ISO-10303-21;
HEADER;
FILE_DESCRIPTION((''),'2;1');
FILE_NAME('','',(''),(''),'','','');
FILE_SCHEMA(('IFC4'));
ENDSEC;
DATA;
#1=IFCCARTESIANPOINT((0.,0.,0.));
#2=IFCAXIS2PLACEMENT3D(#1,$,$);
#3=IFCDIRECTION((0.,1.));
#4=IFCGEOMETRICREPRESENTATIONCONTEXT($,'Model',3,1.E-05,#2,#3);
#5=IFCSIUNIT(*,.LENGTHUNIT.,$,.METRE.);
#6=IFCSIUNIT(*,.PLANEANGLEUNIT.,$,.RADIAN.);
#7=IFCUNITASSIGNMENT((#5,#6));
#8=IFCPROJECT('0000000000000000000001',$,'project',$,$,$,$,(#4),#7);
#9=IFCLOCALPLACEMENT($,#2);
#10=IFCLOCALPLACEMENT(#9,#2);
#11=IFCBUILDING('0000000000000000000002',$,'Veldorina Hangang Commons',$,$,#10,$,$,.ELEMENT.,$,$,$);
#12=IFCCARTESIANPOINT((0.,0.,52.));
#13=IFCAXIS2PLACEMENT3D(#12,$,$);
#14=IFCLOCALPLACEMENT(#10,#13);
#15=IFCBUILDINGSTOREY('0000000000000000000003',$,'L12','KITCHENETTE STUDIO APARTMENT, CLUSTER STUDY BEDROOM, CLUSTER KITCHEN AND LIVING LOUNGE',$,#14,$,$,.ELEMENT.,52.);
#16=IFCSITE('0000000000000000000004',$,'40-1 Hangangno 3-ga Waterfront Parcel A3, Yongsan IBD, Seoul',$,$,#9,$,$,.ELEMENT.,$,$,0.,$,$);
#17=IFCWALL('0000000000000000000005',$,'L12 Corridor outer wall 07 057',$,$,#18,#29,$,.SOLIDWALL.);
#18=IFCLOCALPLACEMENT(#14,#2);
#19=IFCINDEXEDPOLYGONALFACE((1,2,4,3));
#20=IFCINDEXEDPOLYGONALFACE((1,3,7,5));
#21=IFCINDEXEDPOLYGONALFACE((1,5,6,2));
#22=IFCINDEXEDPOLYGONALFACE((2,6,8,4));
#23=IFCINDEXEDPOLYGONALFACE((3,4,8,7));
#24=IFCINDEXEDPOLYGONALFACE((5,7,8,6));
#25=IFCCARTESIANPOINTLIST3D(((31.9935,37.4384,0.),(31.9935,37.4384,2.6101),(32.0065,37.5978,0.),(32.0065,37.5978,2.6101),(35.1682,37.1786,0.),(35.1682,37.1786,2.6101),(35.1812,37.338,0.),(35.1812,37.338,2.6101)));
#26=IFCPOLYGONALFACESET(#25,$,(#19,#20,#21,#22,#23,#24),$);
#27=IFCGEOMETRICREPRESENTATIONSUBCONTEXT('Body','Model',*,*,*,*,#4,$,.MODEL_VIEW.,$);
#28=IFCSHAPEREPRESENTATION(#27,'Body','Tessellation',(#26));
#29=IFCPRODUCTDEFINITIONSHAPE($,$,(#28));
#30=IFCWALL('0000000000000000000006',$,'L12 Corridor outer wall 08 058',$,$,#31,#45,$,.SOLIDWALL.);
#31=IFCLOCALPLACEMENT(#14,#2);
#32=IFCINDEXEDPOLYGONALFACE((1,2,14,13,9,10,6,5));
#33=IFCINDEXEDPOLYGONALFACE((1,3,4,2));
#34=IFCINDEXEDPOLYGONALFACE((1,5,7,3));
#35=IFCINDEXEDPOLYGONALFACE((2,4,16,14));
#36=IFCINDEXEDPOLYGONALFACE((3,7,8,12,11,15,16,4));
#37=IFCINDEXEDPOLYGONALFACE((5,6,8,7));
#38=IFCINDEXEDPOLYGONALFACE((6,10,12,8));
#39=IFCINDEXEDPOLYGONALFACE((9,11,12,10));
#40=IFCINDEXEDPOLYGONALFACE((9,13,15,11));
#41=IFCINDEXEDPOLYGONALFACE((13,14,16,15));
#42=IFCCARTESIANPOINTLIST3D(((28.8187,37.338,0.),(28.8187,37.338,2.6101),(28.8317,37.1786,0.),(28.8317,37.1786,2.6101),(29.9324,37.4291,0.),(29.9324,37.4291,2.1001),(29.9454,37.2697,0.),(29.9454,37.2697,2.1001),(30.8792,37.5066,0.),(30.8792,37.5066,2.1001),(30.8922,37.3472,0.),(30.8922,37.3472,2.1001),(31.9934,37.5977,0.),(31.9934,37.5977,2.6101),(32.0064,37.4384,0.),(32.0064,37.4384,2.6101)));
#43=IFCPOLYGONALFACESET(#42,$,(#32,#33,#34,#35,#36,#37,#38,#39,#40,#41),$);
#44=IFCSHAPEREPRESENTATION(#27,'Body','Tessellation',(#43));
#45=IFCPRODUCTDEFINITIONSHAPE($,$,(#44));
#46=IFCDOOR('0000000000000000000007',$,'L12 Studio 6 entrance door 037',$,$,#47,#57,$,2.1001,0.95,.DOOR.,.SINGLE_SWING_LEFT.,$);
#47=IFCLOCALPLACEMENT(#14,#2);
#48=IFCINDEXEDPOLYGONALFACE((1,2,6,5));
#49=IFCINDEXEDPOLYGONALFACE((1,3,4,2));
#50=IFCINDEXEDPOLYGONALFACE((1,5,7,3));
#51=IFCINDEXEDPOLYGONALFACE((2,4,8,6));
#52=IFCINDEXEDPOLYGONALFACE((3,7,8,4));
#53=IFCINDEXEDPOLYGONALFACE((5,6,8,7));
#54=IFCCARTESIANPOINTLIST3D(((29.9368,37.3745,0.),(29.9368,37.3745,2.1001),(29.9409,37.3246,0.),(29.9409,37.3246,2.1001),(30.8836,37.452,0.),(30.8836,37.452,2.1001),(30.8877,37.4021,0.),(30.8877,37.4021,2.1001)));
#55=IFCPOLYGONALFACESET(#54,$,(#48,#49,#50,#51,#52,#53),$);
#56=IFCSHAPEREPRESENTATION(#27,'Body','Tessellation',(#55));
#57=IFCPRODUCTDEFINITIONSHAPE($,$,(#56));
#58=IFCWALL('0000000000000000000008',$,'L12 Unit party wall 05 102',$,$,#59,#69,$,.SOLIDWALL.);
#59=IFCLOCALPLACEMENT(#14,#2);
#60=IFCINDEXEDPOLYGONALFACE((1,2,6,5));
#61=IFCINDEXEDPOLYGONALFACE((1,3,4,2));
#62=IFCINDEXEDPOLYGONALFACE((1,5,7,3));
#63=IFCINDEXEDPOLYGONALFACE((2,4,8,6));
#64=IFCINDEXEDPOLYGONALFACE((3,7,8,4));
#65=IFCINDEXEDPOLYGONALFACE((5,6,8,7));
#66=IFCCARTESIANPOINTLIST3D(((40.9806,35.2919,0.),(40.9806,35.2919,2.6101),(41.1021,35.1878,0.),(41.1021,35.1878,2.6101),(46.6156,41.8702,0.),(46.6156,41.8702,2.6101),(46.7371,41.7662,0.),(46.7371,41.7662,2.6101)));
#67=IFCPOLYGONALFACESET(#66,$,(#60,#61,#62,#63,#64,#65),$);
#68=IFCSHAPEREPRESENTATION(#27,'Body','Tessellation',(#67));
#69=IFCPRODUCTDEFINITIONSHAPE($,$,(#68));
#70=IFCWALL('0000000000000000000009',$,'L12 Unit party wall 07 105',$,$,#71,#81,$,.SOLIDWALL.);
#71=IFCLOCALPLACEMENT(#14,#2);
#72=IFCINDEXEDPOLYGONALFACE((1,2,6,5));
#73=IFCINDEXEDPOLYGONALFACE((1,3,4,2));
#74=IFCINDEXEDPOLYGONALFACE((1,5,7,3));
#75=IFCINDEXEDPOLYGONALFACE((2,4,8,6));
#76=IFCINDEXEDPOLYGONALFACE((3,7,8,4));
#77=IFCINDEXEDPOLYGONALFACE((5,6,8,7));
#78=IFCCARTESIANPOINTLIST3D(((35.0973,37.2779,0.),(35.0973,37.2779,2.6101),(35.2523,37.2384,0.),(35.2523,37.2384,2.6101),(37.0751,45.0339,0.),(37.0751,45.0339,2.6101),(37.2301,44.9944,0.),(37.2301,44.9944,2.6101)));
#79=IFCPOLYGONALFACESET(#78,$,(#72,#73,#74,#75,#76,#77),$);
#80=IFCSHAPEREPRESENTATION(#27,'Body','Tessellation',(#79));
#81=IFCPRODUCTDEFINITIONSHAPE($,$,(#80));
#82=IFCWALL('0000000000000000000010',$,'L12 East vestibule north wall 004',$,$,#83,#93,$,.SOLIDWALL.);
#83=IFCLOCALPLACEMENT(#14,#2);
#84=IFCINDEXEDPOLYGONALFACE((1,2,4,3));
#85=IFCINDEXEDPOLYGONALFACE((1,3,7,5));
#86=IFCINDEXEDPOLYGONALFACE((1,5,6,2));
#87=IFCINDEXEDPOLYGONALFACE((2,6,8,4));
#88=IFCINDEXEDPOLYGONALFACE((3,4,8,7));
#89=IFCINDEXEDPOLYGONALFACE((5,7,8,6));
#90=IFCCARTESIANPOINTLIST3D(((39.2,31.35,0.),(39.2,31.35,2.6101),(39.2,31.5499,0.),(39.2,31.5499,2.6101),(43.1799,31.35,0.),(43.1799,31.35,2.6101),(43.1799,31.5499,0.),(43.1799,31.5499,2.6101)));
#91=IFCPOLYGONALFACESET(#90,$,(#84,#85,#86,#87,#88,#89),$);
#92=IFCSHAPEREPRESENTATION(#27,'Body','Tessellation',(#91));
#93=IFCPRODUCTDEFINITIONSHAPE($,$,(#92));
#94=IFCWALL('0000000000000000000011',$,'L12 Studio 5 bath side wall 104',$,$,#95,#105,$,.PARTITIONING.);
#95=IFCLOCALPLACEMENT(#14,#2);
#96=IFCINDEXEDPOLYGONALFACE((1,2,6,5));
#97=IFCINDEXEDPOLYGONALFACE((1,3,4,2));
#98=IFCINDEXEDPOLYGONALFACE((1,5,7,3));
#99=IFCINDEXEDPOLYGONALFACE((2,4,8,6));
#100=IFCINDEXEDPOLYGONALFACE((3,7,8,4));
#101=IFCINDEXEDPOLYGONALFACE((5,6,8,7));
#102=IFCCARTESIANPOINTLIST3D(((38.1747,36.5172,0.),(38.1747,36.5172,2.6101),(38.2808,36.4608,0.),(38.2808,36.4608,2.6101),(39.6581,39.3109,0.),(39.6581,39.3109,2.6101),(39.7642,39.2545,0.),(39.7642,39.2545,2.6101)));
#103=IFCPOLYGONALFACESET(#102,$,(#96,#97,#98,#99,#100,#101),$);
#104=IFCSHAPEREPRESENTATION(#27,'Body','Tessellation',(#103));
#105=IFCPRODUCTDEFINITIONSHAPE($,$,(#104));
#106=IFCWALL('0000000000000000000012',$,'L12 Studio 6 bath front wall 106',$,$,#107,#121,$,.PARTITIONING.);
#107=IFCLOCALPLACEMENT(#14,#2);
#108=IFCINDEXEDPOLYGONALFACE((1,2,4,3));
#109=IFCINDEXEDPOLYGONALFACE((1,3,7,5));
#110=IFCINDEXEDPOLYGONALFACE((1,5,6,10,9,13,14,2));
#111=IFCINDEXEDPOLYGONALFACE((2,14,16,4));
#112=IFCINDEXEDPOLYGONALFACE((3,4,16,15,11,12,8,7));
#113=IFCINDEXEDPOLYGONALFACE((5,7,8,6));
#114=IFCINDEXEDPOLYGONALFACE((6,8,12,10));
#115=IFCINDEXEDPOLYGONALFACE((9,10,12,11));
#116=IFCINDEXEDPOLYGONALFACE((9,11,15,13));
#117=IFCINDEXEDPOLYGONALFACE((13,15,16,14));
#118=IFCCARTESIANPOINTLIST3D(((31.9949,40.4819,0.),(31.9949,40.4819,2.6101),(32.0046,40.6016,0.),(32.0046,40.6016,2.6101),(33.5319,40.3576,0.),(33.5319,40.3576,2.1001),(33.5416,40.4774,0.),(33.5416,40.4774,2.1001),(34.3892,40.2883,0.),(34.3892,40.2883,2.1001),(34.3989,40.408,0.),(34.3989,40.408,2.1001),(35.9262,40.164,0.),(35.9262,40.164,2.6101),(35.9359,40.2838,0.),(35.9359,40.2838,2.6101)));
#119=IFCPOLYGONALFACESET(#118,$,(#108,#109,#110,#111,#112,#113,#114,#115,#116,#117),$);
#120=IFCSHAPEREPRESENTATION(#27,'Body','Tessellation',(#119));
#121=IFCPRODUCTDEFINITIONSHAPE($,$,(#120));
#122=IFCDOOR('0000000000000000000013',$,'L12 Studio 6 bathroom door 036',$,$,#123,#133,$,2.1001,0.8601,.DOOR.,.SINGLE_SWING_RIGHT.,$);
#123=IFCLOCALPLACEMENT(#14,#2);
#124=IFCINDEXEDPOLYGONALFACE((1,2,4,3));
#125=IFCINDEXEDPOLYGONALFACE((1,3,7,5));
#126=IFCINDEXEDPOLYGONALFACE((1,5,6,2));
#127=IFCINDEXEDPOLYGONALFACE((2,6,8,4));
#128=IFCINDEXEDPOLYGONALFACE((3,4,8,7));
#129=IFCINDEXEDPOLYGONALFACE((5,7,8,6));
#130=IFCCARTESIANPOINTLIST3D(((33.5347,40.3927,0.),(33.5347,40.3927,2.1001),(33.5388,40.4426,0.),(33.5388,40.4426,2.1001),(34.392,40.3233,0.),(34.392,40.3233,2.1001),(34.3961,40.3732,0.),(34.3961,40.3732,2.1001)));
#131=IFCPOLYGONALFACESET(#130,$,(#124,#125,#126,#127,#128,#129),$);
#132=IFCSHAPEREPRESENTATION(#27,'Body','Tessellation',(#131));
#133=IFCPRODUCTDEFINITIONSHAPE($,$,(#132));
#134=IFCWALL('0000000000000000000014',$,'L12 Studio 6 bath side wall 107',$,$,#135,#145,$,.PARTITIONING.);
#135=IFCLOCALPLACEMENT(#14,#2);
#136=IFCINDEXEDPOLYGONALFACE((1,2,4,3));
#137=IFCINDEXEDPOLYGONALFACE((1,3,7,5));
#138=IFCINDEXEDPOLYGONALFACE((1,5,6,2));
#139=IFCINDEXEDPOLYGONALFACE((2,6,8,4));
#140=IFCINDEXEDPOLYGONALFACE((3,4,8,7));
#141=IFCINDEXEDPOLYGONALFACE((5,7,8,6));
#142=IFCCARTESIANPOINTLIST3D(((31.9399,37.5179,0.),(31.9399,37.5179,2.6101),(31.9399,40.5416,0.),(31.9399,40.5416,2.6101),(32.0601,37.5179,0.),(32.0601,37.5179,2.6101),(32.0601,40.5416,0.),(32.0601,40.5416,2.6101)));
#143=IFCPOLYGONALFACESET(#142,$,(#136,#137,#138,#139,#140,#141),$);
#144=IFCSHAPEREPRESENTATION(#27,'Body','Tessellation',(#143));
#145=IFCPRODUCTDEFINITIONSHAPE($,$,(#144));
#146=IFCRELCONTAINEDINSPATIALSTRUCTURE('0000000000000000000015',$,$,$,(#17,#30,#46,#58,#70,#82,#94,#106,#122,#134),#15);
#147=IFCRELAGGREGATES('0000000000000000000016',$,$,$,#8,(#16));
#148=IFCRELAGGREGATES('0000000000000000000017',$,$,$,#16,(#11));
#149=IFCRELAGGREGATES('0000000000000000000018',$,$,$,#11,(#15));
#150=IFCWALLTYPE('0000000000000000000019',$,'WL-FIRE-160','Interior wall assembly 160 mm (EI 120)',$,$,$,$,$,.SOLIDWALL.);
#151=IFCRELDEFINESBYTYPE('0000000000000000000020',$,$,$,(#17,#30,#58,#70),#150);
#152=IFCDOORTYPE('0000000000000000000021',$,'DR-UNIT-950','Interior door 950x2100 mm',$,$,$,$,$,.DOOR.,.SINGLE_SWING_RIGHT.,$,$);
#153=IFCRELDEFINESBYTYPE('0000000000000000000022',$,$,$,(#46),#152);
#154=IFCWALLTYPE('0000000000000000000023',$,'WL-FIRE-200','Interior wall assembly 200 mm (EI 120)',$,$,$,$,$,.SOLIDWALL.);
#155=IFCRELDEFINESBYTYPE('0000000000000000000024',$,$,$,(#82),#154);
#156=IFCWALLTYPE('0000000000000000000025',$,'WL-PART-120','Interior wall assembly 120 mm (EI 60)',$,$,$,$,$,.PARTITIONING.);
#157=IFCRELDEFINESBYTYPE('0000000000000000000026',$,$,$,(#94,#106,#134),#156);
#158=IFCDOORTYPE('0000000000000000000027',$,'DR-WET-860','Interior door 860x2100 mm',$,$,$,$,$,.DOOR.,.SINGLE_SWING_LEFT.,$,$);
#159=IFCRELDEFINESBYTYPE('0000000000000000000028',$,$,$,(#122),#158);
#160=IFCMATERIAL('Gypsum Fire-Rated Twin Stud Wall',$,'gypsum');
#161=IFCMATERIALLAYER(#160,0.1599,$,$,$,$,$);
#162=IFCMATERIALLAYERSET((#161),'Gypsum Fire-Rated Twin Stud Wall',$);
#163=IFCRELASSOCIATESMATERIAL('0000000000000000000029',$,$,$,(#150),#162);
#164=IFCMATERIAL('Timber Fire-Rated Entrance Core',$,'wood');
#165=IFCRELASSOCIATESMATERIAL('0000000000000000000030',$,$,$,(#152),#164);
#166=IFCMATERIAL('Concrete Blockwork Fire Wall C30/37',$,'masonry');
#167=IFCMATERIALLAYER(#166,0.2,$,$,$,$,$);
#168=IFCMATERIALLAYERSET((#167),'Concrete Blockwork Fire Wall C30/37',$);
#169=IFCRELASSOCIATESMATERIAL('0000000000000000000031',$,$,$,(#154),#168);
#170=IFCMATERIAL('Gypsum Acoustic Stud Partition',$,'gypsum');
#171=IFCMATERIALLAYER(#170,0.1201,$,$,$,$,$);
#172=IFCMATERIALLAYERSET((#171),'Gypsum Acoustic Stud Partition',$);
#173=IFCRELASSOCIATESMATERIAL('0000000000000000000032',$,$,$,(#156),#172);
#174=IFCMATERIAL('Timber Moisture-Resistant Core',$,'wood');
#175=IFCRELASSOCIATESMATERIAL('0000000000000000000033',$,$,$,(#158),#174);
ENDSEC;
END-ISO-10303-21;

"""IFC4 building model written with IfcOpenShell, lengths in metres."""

from ifc_helpers import new_model, si_unit, direction, frame, frame_2d, origin, place, context, subcontext, project, spatial, rectangle, extrude, material, layer, layer_set, type_object, element, fill, save


model = new_model("IFC4")

# Units and contexts
model_context = context("Model", 3, precision=1e-05, world=origin(), true_north=direction((0.0, 1.0)))
body_context = subcontext(model_context, "Body", "Model", "MODEL_VIEW")
ifc_project = project(units=[si_unit("LENGTHUNIT", "METRE"), si_unit("PLANEANGLEUNIT", "RADIAN")], contexts=[model_context])

# Site, building, storey
site_placement = place(None, origin())
site = spatial("IfcSite", under=ifc_project, at=site_placement, Name="40-1 Hangangno 3-ga Waterfront Parcel A3, Yongsan IBD, Seoul", CompositionType="ELEMENT", RefElevation=0.0)
building_placement = place(site_placement, origin())
building = spatial("IfcBuilding", under=site, at=building_placement, Name="Veldorina Hangang Commons", CompositionType="ELEMENT")
storey_placement = place(building_placement, frame((0.0, 0.0, 52.0)))
storey = spatial("IfcBuildingStorey", under=building, at=storey_placement, Name="L12", Description="KITCHENETTE STUDIO APARTMENT, CLUSTER STUDY BEDROOM, CLUSTER KITCHEN AND LIVING LOUNGE", CompositionType="ELEMENT", Elevation=52.0)

# Shared definitions
ifc_material_1 = material(Name="Gypsum Fire-Rated Twin Stud Wall", Category="gypsum")
ifc_layer_1 = layer(ifc_material_1, 0.1599)
ifc_layer_set_1 = layer_set([ifc_layer_1], Name="Gypsum Fire-Rated Twin Stud Wall")
wall_type_1 = type_object("IfcWallType", Name="WL-FIRE-160", Description="Interior wall assembly 160 mm (EI 120)", PredefinedType="SOLIDWALL", material=ifc_layer_set_1)

# Shared definitions
ifc_material_2 = material(Name="Timber Fire-Rated Entrance Core", Category="wood")
door_type_1 = type_object("IfcDoorType", Name="DR-UNIT-950", Description="Interior door 950x2100 mm", OperationType="SINGLE_SWING_RIGHT", PredefinedType="DOOR", material=ifc_material_2)

# Wall
wall_1_placement = place(storey_placement, frame((35.1748, 37.2583, 0.0), z_axis=(0.0, 0.0, 1.0), x_axis=(-0.996669, 0.081548, 0.0)))
element("IfcWall", 1, at=wall_1_placement, inside=storey, type_object=wall_type_1, Name="L12 Corridor outer wall 07 057", PredefinedType="SOLIDWALL", context=body_context, shape_type="SweptSolid", body=[
    extrude(rectangle(XDim=3.1853, YDim=0.1599, at=frame_2d((1.5928, 0.0))), origin(), (0.0, 0.0, 1.0), 2.6101),
])

# Wall, opening, door
wall_2_placement = place(storey_placement, frame((32.0, 37.5181, 0.0), z_axis=(0.0, 0.0, 1.0), x_axis=(-0.996669, -0.081548, 0.0)))
wall_2 = element("IfcWall", 2, at=wall_2_placement, inside=storey, type_object=wall_type_1, Name="L12 Corridor outer wall 08 058", PredefinedType="SOLIDWALL", context=body_context, shape_type="SweptSolid", body=[
    extrude(rectangle(XDim=3.1853, YDim=0.1599, at=frame_2d((1.5928, 0.0))), origin(), (0.0, 0.0, 1.0), 2.6101),
])
opening_1_placement = place(wall_2_placement, frame((1.1179, 0.0, 0.0)))
opening_1 = element("IfcOpeningElement", 3, at=opening_1_placement, cuts=wall_2, PredefinedType="OPENING", context=body_context, shape_type="SweptSolid", body=[
    extrude(rectangle(XDim=0.95, YDim=2.1001, at=frame_2d((0.4751, 1.05))), frame((0.0, 0.0898, 0.0), z_axis=(0.0, -1.0, 0.0), x_axis=(1.0, 0.0, 0.0)), (0.0, 0.0, 1.0), 0.1799),
])
door_1_placement = place(opening_1_placement, origin())
door_1 = element("IfcDoor", 4, at=door_1_placement, inside=storey, type_object=door_type_1, Name="L12 Studio 6 entrance door 037", OperationType="SINGLE_SWING_LEFT", OverallHeight=2.1001, OverallWidth=0.95, PredefinedType="DOOR", context=body_context, shape_type="SweptSolid", body=[
    extrude(rectangle(XDim=0.95, YDim=2.1001, at=frame_2d((0.4751, 1.05))), frame((0.0, 0.0249, 0.0), z_axis=(0.0, -1.0, 0.0), x_axis=(1.0, 0.0, 0.0)), (0.0, 0.0, 1.0), 0.05),
])
fill(opening_1, door_1)

# Walls
wall_3_placement = place(storey_placement, frame((41.0413, 35.2397, 0.0), z_axis=(0.0, 0.0, 1.0), x_axis=(0.650552, 0.759461, 0.0)))
element("IfcWall", 5, at=wall_3_placement, inside=storey, type_object=wall_type_1, Name="L12 Unit party wall 05 102", PredefinedType="SOLIDWALL", context=body_context, shape_type="SweptSolid", body=[
    extrude(rectangle(XDim=8.6619, YDim=0.1599, at=frame_2d((4.3311, 0.0))), origin(), (0.0, 0.0, 1.0), 2.6101),
])
wall_4_placement = place(storey_placement, frame((35.1748, 37.2583, 0.0), z_axis=(0.0, 0.0, 1.0), x_axis=(0.247097, 0.968991, 0.0)))
element("IfcWall", 6, at=wall_4_placement, inside=storey, type_object=wall_type_1, Name="L12 Unit party wall 07 105", PredefinedType="SOLIDWALL", context=body_context, shape_type="SweptSolid", body=[
    extrude(rectangle(XDim=8.0042, YDim=0.1599, at=frame_2d((4.002, 0.0))), origin(), (0.0, 0.0, 1.0), 2.6101),
])
ifc_material_3 = material(Name="Concrete Blockwork Fire Wall C30/37", Category="masonry")
ifc_layer_2 = layer(ifc_material_3, 0.2)
ifc_layer_set_2 = layer_set([ifc_layer_2], Name="Concrete Blockwork Fire Wall C30/37")
wall_type_2 = type_object("IfcWallType", Name="WL-FIRE-200", Description="Interior wall assembly 200 mm (EI 120)", PredefinedType="SOLIDWALL", material=ifc_layer_set_2)
wall_5_placement = place(storey_placement, frame((39.2, 31.45, 0.0), z_axis=(0.0, 0.0, 1.0), x_axis=(1.0, 0.0, 0.0)))
element("IfcWall", 7, at=wall_5_placement, inside=storey, type_object=wall_type_2, Name="L12 East vestibule north wall 004", PredefinedType="SOLIDWALL", context=body_context, shape_type="SweptSolid", body=[
    extrude(rectangle(XDim=3.98, YDim=0.2, at=frame_2d((1.99, 0.0))), origin(), (0.0, 0.0, 1.0), 2.6101),
])
ifc_material_4 = material(Name="Gypsum Acoustic Stud Partition", Category="gypsum")
ifc_layer_3 = layer(ifc_material_4, 0.1201)
ifc_layer_set_3 = layer_set([ifc_layer_3], Name="Gypsum Acoustic Stud Partition")
wall_type_3 = type_object("IfcWallType", Name="WL-PART-120", Description="Interior wall assembly 120 mm (EI 60)", PredefinedType="PARTITIONING", material=ifc_layer_set_3)
wall_6_placement = place(storey_placement, frame((38.2278, 36.489, 0.0), z_axis=(0.0, 0.0, 1.0), x_axis=(0.468969, 0.883215, 0.0)))
element("IfcWall", 8, at=wall_6_placement, inside=storey, type_object=wall_type_3, Name="L12 Studio 5 bath side wall 104", PredefinedType="PARTITIONING", context=body_context, shape_type="SweptSolid", body=[
    extrude(rectangle(XDim=3.1631, YDim=0.1201, at=frame_2d((1.5815, 0.0))), origin(), (0.0, 0.0, 1.0), 2.6101),
])

# Wall, opening, door
wall_7_placement = place(storey_placement, frame((35.9312, 40.2239, 0.0), z_axis=(0.0, 0.0, 1.0), x_axis=(-0.996747, 0.080596, 0.0)))
wall_7 = element("IfcWall", 9, at=wall_7_placement, inside=storey, type_object=wall_type_3, Name="L12 Studio 6 bath front wall 106", PredefinedType="PARTITIONING", context=body_context, shape_type="SweptSolid", body=[
    extrude(rectangle(XDim=3.9441, YDim=0.1201, at=frame_2d((1.9722, 0.0))), origin(), (0.0, 0.0, 1.0), 2.6101),
])
opening_2_placement = place(wall_7_placement, frame((1.542, 0.0, 0.0)))
opening_2 = element("IfcOpeningElement", 10, at=opening_2_placement, cuts=wall_7, PredefinedType="OPENING", context=body_context, shape_type="SweptSolid", body=[
    extrude(rectangle(XDim=0.8601, YDim=2.1001, at=frame_2d((0.4302, 1.05))), frame((0.0, 0.0701, 0.0), z_axis=(0.0, -1.0, 0.0), x_axis=(1.0, 0.0, 0.0)), (0.0, 0.0, 1.0), 0.1401),
])
ifc_material_5 = material(Name="Timber Moisture-Resistant Core", Category="wood")
door_type_2 = type_object("IfcDoorType", Name="DR-WET-860", Description="Interior door 860x2100 mm", OperationType="SINGLE_SWING_LEFT", PredefinedType="DOOR", material=ifc_material_5)
door_2_placement = place(opening_2_placement, origin())
door_2 = element("IfcDoor", 11, at=door_2_placement, inside=storey, type_object=door_type_2, Name="L12 Studio 6 bathroom door 036", OperationType="SINGLE_SWING_RIGHT", OverallHeight=2.1001, OverallWidth=0.8601, PredefinedType="DOOR", context=body_context, shape_type="SweptSolid", body=[
    extrude(rectangle(XDim=0.8601, YDim=2.1001, at=frame_2d((0.4302, 1.05))), frame((0.0, 0.0249, 0.0), z_axis=(0.0, -1.0, 0.0), x_axis=(1.0, 0.0, 0.0)), (0.0, 0.0, 1.0), 0.05),
])
fill(opening_2, door_2)

# Wall
wall_8_placement = place(storey_placement, frame((32.0, 37.5181, 0.0), z_axis=(0.0, 0.0, 1.0), x_axis=(0.0, 1.0, 0.0)))
element("IfcWall", 12, at=wall_8_placement, inside=storey, type_object=wall_type_3, Name="L12 Studio 6 bath side wall 107", PredefinedType="PARTITIONING", context=body_context, shape_type="SweptSolid", body=[
    extrude(rectangle(XDim=3.0237, YDim=0.1201, at=frame_2d((1.5117, 0.0))), origin(), (0.0, 0.0, 1.0), 2.6101),
])

save(model, "model.ifc")
